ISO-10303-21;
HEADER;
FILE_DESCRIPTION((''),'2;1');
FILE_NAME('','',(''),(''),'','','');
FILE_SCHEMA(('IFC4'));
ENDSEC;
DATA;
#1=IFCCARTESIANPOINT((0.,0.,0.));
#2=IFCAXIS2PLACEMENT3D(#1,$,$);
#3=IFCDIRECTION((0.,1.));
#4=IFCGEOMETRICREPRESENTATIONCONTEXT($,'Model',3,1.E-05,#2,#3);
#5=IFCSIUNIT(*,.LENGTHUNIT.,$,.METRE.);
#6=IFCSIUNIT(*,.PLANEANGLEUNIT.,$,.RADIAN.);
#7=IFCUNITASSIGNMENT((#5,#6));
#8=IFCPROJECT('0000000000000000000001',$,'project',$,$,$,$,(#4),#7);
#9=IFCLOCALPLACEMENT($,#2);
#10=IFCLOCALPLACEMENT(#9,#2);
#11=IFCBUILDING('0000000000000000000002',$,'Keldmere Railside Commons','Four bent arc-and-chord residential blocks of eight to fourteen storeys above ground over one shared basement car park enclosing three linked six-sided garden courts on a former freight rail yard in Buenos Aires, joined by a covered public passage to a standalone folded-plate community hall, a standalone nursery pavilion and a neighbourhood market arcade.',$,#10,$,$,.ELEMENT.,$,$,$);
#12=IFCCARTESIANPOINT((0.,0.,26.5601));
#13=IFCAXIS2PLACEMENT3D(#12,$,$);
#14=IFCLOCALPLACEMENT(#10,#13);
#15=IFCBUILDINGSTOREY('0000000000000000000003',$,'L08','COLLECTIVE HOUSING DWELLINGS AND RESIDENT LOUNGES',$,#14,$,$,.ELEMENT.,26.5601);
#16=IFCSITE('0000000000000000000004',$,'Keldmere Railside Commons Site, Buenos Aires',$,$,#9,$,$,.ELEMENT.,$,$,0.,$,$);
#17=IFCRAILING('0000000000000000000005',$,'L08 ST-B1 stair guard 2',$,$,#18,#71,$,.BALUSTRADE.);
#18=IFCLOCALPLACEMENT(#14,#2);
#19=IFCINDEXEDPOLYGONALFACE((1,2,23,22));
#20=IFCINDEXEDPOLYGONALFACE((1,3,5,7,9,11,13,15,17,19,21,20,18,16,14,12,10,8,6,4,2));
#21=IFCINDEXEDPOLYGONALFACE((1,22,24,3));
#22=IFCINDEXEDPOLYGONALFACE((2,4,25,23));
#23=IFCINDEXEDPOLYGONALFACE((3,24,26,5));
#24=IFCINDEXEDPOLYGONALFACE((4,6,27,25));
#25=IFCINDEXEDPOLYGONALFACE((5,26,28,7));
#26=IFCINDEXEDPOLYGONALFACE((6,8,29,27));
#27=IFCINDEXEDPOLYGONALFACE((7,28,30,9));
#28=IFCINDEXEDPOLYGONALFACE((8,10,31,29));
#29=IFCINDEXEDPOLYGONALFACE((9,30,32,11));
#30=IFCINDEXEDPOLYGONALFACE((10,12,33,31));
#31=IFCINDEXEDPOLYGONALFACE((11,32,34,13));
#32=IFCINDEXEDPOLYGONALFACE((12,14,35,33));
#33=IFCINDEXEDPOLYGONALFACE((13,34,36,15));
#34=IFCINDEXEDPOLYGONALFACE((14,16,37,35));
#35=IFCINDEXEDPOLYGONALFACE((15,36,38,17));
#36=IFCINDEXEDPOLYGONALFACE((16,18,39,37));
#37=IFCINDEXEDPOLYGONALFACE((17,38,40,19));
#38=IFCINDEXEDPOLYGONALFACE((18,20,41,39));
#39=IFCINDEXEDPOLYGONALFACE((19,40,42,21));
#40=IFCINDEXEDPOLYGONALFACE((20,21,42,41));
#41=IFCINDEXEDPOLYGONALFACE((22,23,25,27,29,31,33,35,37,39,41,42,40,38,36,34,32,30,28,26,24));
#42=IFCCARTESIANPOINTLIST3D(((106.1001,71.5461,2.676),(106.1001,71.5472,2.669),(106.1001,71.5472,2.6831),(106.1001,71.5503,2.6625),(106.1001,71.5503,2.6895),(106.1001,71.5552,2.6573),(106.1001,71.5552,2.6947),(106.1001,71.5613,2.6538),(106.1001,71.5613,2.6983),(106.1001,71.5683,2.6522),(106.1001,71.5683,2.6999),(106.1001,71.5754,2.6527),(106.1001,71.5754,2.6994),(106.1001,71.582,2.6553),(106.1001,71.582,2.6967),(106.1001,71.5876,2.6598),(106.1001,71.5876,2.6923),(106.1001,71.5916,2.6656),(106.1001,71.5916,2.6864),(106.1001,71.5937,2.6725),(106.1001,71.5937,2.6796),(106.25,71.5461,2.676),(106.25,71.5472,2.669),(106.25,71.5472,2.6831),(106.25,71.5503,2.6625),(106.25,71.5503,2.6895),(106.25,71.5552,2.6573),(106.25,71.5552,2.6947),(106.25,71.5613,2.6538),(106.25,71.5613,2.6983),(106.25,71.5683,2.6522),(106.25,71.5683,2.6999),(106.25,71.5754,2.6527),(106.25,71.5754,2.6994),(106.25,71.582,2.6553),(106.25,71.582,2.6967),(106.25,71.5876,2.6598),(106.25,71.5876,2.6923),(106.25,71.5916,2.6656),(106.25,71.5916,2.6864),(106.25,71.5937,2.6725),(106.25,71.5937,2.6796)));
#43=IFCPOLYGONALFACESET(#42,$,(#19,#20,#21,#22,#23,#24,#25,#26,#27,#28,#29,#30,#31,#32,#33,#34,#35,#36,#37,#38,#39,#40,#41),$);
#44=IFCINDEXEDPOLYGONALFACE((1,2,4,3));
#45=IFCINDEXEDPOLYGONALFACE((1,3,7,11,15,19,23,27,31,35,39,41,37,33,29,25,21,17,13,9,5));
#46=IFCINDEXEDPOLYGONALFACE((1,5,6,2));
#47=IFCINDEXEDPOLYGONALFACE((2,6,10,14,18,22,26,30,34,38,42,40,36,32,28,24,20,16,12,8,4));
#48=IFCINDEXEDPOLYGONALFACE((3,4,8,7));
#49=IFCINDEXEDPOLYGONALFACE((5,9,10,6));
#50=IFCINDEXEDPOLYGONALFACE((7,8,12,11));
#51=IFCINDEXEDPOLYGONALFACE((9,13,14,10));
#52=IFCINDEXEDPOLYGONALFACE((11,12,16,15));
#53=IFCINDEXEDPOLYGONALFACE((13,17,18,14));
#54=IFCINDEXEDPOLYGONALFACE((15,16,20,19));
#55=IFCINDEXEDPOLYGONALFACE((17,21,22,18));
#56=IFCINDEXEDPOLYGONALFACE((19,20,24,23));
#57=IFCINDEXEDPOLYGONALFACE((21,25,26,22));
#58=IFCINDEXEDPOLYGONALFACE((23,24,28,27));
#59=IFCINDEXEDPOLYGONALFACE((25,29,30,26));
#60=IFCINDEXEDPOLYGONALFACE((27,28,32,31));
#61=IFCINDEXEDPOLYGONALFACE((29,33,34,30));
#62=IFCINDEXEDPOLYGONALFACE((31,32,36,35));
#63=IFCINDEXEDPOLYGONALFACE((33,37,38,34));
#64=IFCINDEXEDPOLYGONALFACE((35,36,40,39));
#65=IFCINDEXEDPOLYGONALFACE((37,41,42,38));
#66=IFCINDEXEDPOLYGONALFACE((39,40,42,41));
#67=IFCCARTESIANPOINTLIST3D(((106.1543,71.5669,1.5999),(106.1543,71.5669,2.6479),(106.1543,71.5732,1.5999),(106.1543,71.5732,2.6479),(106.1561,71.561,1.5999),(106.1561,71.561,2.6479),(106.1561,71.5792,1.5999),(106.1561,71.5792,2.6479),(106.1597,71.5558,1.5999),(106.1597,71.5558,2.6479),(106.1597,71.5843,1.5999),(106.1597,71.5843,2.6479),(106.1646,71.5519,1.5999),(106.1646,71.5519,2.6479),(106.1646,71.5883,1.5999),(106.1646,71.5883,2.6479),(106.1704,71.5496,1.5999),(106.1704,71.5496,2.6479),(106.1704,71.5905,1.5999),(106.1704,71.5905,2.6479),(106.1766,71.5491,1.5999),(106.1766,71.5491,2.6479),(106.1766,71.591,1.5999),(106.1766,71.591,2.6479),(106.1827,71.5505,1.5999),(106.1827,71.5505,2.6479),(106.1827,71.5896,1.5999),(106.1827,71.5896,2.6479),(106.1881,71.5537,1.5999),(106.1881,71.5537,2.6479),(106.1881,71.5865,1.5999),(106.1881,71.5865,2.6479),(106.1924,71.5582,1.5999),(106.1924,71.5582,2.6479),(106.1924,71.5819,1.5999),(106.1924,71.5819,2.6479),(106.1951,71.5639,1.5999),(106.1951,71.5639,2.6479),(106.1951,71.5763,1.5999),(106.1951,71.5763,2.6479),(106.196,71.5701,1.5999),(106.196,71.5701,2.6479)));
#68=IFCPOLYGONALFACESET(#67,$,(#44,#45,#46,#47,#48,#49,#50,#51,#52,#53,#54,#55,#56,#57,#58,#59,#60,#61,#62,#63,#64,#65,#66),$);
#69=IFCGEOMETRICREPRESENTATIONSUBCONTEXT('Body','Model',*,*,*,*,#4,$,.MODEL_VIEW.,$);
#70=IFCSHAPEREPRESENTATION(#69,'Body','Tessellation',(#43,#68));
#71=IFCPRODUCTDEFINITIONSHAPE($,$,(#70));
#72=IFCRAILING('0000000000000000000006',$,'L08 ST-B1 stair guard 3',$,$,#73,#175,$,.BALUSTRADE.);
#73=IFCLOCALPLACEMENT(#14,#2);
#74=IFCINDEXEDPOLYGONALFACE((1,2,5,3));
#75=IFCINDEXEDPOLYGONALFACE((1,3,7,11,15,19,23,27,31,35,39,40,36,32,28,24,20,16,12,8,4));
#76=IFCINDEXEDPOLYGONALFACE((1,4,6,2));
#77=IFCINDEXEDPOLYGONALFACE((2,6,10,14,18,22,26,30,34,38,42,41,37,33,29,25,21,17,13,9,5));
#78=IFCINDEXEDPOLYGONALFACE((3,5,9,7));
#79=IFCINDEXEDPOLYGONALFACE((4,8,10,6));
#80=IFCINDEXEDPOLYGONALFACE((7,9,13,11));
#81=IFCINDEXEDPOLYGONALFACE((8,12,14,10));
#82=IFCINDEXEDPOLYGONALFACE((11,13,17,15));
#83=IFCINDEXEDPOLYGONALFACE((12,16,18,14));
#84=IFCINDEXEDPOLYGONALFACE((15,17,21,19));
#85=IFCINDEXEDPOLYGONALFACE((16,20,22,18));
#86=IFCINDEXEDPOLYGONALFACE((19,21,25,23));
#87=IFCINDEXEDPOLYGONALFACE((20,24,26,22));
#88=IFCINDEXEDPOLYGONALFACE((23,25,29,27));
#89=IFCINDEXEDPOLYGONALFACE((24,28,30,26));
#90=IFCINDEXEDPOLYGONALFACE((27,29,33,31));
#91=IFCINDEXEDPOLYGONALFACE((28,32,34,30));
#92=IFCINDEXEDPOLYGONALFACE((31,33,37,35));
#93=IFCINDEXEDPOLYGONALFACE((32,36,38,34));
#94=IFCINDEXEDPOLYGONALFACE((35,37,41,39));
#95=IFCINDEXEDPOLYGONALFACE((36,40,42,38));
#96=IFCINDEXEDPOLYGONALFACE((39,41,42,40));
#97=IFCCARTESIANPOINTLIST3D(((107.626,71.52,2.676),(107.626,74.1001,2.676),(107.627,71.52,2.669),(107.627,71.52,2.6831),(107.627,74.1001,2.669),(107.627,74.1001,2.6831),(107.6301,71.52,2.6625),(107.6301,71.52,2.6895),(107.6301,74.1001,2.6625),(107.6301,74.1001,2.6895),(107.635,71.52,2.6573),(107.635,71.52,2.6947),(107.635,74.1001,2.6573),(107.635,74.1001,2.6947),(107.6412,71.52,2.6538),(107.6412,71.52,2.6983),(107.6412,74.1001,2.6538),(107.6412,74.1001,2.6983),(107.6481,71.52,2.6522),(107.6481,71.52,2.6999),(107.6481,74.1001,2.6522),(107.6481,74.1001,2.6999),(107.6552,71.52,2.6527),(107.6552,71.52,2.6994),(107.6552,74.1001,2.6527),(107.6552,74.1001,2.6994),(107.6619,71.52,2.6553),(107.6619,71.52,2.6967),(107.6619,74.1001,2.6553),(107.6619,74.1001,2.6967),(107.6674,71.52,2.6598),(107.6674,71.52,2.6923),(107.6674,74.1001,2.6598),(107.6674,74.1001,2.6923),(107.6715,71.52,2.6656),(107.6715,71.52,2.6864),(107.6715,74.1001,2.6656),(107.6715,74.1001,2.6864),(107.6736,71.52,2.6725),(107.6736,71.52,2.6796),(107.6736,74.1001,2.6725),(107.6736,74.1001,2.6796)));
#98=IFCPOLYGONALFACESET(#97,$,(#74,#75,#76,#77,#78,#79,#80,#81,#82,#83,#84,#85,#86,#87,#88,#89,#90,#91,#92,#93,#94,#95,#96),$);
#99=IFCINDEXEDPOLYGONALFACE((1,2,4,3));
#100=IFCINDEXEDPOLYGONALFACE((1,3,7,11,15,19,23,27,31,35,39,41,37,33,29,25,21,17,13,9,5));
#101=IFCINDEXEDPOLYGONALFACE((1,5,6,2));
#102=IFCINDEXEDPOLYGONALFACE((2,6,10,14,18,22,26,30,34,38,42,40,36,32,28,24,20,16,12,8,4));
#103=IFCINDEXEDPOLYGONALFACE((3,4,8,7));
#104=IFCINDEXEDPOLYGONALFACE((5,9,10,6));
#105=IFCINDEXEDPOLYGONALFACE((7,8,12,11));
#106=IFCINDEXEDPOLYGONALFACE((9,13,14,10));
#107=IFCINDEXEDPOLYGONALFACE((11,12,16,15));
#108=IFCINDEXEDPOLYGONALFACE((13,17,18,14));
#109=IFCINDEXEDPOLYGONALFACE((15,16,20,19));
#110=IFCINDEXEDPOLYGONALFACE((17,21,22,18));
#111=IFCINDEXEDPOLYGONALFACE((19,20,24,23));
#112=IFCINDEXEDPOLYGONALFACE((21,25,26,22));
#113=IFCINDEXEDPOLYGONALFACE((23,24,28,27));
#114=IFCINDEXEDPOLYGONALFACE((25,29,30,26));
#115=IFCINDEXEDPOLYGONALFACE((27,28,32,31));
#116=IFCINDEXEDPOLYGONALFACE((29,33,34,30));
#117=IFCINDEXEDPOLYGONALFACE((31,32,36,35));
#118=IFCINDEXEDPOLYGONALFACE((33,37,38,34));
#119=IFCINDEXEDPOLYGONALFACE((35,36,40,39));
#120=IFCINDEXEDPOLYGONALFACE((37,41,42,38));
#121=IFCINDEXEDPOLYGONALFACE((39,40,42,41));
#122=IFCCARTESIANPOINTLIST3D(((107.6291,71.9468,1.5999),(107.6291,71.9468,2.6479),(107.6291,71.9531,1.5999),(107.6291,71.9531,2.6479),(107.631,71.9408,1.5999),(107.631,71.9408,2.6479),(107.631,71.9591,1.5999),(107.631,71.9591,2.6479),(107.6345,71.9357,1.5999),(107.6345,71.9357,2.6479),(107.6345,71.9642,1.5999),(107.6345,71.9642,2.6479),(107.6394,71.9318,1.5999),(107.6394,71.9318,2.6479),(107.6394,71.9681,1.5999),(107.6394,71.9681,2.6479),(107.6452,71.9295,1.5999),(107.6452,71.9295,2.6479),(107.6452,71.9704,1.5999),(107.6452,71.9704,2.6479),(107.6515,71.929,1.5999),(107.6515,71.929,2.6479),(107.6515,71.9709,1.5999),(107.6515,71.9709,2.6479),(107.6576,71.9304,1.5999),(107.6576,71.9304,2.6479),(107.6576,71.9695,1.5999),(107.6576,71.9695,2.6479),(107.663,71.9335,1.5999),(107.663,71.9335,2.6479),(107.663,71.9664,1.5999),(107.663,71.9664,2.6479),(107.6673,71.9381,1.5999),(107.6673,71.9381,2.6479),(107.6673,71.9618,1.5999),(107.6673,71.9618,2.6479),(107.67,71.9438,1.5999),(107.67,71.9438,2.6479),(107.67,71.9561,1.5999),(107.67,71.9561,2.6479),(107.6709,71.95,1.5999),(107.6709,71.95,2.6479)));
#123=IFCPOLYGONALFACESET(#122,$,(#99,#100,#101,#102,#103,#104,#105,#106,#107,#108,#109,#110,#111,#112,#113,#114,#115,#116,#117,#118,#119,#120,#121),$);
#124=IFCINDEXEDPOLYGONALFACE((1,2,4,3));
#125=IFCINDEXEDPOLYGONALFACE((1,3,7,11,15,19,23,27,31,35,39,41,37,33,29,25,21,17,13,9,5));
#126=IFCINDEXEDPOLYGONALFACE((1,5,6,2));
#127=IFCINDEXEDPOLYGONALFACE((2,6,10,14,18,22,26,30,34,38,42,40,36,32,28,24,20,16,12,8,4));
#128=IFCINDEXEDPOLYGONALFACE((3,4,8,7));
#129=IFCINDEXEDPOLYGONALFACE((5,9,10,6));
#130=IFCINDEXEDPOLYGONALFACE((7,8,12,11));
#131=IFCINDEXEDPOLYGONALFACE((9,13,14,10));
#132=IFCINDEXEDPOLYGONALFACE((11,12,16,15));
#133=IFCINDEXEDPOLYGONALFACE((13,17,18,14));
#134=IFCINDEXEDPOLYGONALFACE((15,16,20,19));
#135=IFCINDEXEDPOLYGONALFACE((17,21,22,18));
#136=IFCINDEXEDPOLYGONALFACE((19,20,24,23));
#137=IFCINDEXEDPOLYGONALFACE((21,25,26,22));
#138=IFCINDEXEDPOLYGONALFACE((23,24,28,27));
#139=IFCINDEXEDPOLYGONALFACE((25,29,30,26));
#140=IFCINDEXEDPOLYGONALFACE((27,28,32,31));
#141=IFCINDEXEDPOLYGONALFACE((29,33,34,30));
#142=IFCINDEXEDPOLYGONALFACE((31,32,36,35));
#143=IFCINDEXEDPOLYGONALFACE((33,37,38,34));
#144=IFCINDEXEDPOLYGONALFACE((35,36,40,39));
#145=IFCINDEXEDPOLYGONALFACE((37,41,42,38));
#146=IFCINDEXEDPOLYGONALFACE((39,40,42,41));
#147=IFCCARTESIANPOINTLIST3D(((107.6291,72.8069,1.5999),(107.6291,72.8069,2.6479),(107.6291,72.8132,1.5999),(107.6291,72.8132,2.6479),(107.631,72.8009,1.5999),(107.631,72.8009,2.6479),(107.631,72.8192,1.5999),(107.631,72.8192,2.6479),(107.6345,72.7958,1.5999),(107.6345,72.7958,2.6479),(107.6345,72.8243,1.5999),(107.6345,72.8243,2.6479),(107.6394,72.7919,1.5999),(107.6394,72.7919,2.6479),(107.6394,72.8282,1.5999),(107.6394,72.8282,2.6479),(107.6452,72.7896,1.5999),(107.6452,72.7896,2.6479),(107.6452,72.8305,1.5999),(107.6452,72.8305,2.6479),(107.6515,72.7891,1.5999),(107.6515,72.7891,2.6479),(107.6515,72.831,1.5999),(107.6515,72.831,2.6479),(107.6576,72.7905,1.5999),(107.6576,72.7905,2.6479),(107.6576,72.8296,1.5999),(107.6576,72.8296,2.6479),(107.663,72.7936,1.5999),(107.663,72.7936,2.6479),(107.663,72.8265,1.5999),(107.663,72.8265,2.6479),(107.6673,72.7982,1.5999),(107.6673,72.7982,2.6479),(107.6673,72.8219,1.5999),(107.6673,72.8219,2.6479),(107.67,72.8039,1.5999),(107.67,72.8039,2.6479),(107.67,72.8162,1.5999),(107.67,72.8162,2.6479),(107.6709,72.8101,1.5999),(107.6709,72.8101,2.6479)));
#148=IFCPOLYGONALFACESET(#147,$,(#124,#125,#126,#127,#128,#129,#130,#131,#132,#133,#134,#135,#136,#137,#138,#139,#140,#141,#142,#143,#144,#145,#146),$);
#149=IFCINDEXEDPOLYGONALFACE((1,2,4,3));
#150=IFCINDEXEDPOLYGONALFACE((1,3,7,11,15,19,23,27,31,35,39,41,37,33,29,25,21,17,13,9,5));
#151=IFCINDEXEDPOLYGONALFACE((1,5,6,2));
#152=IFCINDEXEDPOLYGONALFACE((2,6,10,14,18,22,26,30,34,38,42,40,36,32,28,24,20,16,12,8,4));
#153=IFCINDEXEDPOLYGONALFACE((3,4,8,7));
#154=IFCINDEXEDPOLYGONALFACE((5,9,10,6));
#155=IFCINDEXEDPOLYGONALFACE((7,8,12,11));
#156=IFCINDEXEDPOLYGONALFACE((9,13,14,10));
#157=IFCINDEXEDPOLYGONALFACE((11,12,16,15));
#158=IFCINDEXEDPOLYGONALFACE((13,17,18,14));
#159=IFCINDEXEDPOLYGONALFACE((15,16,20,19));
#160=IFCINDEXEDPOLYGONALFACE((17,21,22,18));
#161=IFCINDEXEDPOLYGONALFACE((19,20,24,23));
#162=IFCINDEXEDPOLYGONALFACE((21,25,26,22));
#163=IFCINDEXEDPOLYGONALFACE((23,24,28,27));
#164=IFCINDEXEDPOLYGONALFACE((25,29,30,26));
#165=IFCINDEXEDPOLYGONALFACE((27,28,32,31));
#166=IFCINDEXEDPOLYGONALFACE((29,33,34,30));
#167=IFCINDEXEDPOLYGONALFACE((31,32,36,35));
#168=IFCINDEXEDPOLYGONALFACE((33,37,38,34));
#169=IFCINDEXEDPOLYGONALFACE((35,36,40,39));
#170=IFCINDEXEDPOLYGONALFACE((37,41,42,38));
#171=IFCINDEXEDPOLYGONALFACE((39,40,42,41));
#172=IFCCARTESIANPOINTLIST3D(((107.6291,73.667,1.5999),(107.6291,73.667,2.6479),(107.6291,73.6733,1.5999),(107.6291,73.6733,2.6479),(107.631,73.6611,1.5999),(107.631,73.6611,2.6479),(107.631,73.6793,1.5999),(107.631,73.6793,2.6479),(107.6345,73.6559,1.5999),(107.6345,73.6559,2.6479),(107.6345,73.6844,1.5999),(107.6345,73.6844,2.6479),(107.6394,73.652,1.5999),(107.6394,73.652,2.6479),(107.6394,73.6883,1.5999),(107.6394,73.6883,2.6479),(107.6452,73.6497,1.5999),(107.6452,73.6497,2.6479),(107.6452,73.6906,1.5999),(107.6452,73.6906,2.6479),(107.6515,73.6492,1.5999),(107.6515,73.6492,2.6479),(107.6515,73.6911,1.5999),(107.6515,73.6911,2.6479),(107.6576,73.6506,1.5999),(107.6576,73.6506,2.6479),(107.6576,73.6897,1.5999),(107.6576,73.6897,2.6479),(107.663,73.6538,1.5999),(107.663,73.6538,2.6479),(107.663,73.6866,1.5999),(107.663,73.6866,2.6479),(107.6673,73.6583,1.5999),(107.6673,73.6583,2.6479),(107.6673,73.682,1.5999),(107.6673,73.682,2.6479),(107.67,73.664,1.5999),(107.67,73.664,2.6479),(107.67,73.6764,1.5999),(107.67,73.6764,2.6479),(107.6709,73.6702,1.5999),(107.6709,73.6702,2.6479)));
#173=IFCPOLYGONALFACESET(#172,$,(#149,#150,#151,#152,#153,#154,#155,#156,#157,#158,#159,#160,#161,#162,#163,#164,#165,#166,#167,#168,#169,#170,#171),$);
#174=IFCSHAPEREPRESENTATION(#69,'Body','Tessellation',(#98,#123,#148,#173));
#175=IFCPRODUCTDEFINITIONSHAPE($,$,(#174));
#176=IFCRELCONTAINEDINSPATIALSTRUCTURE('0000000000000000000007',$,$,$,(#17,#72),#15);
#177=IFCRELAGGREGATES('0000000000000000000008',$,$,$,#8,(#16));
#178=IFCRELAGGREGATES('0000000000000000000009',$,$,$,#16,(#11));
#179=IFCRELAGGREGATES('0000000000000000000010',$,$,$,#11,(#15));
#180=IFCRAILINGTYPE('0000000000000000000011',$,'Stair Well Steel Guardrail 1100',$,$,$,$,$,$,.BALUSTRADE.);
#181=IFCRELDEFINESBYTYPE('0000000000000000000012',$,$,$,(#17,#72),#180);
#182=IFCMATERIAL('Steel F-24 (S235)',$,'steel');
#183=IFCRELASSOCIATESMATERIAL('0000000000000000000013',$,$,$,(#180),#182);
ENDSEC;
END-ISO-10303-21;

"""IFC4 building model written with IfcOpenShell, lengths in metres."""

from ifc_helpers import new_model, si_unit, direction, frame, origin, origin_2d, place, context, subcontext, project, spatial, circle, extrude, material, type_object, element, save


model = new_model("IFC4")

# Units and contexts
model_context = context("Model", 3, precision=1e-05, world=origin(), true_north=direction((0.0, 1.0)))
body_context = subcontext(model_context, "Body", "Model", "MODEL_VIEW")
ifc_project = project(units=[si_unit("LENGTHUNIT", "METRE"), si_unit("PLANEANGLEUNIT", "RADIAN")], contexts=[model_context])

# Site, building, storey
site_placement = place(None, origin())
site = spatial("IfcSite", under=ifc_project, at=site_placement, Name="Keldmere Railside Commons Site, Buenos Aires", CompositionType="ELEMENT", RefElevation=0.0)
building_placement = place(site_placement, origin())
building = spatial("IfcBuilding", under=site, at=building_placement, Name="Keldmere Railside Commons", Description="Four bent arc-and-chord residential blocks of eight to fourteen storeys above ground over one shared basement car park enclosing three linked six-sided garden courts on a former freight rail yard in Buenos Aires, joined by a covered public passage to a standalone folded-plate community hall, a standalone nursery pavilion and a neighbourhood market arcade.", CompositionType="ELEMENT")
storey_placement = place(building_placement, frame((0.0, 0.0, 26.5601)))
storey = spatial("IfcBuildingStorey", under=building, at=storey_placement, Name="L08", Description="COLLECTIVE HOUSING DWELLINGS AND RESIDENT LOUNGES", CompositionType="ELEMENT", Elevation=26.5601)

# Shared definitions
ifc_material_1 = material(Name="Steel F-24 (S235)", Category="steel")

# Railings
railing_type_1 = type_object("IfcRailingType", Name="Stair Well Steel Guardrail 1100", PredefinedType="BALUSTRADE", material=ifc_material_1)
railing_1_placement = place(storey_placement, frame((106.25, 71.5701, 1.5999)))
element("IfcRailing", 1, at=railing_1_placement, inside=storey, type_object=railing_type_1, Name="L08 ST-B1 stair guard 2", PredefinedType="BALUSTRADE", context=body_context, shape_type="SweptSolid", body=[
    extrude(circle(Radius=0.0239, at=origin_2d()), frame((0.0, 0.0, 1.0762), z_axis=(-1.0, 0.0, 0.0), x_axis=(0.0, -1.0, 0.0)), (0.0, 0.0, 1.0), 0.1499),
    extrude(circle(Radius=0.021, at=origin_2d()), frame((-0.075, 0.0, 0.0)), (0.0, 0.0, 1.0), 1.0481),
])
railing_2_placement = place(storey_placement, frame((107.6499, 71.52, 1.5999)))
element("IfcRailing", 2, at=railing_2_placement, inside=storey, type_object=railing_type_1, Name="L08 ST-B1 stair guard 3", PredefinedType="BALUSTRADE", context=body_context, shape_type="SweptSolid", body=[
    extrude(circle(Radius=0.0239, at=origin_2d()), frame((0.0, 0.0, 1.0762), z_axis=(0.0, 1.0, 0.0), x_axis=(-1.0, 0.0, 0.0)), (0.0, 0.0, 1.0), 2.5801),
    extrude(circle(Radius=0.021, at=origin_2d()), frame((0.0, 0.4299, 0.0)), (0.0, 0.0, 1.0), 1.0481),
    extrude(circle(Radius=0.021, at=origin_2d()), frame((0.0, 1.29, 0.0)), (0.0, 0.0, 1.0), 1.0481),
    extrude(circle(Radius=0.021, at=origin_2d()), frame((0.0, 2.1501, 0.0)), (0.0, 0.0, 1.0), 1.0481),
])

save(model, "model.ifc")
